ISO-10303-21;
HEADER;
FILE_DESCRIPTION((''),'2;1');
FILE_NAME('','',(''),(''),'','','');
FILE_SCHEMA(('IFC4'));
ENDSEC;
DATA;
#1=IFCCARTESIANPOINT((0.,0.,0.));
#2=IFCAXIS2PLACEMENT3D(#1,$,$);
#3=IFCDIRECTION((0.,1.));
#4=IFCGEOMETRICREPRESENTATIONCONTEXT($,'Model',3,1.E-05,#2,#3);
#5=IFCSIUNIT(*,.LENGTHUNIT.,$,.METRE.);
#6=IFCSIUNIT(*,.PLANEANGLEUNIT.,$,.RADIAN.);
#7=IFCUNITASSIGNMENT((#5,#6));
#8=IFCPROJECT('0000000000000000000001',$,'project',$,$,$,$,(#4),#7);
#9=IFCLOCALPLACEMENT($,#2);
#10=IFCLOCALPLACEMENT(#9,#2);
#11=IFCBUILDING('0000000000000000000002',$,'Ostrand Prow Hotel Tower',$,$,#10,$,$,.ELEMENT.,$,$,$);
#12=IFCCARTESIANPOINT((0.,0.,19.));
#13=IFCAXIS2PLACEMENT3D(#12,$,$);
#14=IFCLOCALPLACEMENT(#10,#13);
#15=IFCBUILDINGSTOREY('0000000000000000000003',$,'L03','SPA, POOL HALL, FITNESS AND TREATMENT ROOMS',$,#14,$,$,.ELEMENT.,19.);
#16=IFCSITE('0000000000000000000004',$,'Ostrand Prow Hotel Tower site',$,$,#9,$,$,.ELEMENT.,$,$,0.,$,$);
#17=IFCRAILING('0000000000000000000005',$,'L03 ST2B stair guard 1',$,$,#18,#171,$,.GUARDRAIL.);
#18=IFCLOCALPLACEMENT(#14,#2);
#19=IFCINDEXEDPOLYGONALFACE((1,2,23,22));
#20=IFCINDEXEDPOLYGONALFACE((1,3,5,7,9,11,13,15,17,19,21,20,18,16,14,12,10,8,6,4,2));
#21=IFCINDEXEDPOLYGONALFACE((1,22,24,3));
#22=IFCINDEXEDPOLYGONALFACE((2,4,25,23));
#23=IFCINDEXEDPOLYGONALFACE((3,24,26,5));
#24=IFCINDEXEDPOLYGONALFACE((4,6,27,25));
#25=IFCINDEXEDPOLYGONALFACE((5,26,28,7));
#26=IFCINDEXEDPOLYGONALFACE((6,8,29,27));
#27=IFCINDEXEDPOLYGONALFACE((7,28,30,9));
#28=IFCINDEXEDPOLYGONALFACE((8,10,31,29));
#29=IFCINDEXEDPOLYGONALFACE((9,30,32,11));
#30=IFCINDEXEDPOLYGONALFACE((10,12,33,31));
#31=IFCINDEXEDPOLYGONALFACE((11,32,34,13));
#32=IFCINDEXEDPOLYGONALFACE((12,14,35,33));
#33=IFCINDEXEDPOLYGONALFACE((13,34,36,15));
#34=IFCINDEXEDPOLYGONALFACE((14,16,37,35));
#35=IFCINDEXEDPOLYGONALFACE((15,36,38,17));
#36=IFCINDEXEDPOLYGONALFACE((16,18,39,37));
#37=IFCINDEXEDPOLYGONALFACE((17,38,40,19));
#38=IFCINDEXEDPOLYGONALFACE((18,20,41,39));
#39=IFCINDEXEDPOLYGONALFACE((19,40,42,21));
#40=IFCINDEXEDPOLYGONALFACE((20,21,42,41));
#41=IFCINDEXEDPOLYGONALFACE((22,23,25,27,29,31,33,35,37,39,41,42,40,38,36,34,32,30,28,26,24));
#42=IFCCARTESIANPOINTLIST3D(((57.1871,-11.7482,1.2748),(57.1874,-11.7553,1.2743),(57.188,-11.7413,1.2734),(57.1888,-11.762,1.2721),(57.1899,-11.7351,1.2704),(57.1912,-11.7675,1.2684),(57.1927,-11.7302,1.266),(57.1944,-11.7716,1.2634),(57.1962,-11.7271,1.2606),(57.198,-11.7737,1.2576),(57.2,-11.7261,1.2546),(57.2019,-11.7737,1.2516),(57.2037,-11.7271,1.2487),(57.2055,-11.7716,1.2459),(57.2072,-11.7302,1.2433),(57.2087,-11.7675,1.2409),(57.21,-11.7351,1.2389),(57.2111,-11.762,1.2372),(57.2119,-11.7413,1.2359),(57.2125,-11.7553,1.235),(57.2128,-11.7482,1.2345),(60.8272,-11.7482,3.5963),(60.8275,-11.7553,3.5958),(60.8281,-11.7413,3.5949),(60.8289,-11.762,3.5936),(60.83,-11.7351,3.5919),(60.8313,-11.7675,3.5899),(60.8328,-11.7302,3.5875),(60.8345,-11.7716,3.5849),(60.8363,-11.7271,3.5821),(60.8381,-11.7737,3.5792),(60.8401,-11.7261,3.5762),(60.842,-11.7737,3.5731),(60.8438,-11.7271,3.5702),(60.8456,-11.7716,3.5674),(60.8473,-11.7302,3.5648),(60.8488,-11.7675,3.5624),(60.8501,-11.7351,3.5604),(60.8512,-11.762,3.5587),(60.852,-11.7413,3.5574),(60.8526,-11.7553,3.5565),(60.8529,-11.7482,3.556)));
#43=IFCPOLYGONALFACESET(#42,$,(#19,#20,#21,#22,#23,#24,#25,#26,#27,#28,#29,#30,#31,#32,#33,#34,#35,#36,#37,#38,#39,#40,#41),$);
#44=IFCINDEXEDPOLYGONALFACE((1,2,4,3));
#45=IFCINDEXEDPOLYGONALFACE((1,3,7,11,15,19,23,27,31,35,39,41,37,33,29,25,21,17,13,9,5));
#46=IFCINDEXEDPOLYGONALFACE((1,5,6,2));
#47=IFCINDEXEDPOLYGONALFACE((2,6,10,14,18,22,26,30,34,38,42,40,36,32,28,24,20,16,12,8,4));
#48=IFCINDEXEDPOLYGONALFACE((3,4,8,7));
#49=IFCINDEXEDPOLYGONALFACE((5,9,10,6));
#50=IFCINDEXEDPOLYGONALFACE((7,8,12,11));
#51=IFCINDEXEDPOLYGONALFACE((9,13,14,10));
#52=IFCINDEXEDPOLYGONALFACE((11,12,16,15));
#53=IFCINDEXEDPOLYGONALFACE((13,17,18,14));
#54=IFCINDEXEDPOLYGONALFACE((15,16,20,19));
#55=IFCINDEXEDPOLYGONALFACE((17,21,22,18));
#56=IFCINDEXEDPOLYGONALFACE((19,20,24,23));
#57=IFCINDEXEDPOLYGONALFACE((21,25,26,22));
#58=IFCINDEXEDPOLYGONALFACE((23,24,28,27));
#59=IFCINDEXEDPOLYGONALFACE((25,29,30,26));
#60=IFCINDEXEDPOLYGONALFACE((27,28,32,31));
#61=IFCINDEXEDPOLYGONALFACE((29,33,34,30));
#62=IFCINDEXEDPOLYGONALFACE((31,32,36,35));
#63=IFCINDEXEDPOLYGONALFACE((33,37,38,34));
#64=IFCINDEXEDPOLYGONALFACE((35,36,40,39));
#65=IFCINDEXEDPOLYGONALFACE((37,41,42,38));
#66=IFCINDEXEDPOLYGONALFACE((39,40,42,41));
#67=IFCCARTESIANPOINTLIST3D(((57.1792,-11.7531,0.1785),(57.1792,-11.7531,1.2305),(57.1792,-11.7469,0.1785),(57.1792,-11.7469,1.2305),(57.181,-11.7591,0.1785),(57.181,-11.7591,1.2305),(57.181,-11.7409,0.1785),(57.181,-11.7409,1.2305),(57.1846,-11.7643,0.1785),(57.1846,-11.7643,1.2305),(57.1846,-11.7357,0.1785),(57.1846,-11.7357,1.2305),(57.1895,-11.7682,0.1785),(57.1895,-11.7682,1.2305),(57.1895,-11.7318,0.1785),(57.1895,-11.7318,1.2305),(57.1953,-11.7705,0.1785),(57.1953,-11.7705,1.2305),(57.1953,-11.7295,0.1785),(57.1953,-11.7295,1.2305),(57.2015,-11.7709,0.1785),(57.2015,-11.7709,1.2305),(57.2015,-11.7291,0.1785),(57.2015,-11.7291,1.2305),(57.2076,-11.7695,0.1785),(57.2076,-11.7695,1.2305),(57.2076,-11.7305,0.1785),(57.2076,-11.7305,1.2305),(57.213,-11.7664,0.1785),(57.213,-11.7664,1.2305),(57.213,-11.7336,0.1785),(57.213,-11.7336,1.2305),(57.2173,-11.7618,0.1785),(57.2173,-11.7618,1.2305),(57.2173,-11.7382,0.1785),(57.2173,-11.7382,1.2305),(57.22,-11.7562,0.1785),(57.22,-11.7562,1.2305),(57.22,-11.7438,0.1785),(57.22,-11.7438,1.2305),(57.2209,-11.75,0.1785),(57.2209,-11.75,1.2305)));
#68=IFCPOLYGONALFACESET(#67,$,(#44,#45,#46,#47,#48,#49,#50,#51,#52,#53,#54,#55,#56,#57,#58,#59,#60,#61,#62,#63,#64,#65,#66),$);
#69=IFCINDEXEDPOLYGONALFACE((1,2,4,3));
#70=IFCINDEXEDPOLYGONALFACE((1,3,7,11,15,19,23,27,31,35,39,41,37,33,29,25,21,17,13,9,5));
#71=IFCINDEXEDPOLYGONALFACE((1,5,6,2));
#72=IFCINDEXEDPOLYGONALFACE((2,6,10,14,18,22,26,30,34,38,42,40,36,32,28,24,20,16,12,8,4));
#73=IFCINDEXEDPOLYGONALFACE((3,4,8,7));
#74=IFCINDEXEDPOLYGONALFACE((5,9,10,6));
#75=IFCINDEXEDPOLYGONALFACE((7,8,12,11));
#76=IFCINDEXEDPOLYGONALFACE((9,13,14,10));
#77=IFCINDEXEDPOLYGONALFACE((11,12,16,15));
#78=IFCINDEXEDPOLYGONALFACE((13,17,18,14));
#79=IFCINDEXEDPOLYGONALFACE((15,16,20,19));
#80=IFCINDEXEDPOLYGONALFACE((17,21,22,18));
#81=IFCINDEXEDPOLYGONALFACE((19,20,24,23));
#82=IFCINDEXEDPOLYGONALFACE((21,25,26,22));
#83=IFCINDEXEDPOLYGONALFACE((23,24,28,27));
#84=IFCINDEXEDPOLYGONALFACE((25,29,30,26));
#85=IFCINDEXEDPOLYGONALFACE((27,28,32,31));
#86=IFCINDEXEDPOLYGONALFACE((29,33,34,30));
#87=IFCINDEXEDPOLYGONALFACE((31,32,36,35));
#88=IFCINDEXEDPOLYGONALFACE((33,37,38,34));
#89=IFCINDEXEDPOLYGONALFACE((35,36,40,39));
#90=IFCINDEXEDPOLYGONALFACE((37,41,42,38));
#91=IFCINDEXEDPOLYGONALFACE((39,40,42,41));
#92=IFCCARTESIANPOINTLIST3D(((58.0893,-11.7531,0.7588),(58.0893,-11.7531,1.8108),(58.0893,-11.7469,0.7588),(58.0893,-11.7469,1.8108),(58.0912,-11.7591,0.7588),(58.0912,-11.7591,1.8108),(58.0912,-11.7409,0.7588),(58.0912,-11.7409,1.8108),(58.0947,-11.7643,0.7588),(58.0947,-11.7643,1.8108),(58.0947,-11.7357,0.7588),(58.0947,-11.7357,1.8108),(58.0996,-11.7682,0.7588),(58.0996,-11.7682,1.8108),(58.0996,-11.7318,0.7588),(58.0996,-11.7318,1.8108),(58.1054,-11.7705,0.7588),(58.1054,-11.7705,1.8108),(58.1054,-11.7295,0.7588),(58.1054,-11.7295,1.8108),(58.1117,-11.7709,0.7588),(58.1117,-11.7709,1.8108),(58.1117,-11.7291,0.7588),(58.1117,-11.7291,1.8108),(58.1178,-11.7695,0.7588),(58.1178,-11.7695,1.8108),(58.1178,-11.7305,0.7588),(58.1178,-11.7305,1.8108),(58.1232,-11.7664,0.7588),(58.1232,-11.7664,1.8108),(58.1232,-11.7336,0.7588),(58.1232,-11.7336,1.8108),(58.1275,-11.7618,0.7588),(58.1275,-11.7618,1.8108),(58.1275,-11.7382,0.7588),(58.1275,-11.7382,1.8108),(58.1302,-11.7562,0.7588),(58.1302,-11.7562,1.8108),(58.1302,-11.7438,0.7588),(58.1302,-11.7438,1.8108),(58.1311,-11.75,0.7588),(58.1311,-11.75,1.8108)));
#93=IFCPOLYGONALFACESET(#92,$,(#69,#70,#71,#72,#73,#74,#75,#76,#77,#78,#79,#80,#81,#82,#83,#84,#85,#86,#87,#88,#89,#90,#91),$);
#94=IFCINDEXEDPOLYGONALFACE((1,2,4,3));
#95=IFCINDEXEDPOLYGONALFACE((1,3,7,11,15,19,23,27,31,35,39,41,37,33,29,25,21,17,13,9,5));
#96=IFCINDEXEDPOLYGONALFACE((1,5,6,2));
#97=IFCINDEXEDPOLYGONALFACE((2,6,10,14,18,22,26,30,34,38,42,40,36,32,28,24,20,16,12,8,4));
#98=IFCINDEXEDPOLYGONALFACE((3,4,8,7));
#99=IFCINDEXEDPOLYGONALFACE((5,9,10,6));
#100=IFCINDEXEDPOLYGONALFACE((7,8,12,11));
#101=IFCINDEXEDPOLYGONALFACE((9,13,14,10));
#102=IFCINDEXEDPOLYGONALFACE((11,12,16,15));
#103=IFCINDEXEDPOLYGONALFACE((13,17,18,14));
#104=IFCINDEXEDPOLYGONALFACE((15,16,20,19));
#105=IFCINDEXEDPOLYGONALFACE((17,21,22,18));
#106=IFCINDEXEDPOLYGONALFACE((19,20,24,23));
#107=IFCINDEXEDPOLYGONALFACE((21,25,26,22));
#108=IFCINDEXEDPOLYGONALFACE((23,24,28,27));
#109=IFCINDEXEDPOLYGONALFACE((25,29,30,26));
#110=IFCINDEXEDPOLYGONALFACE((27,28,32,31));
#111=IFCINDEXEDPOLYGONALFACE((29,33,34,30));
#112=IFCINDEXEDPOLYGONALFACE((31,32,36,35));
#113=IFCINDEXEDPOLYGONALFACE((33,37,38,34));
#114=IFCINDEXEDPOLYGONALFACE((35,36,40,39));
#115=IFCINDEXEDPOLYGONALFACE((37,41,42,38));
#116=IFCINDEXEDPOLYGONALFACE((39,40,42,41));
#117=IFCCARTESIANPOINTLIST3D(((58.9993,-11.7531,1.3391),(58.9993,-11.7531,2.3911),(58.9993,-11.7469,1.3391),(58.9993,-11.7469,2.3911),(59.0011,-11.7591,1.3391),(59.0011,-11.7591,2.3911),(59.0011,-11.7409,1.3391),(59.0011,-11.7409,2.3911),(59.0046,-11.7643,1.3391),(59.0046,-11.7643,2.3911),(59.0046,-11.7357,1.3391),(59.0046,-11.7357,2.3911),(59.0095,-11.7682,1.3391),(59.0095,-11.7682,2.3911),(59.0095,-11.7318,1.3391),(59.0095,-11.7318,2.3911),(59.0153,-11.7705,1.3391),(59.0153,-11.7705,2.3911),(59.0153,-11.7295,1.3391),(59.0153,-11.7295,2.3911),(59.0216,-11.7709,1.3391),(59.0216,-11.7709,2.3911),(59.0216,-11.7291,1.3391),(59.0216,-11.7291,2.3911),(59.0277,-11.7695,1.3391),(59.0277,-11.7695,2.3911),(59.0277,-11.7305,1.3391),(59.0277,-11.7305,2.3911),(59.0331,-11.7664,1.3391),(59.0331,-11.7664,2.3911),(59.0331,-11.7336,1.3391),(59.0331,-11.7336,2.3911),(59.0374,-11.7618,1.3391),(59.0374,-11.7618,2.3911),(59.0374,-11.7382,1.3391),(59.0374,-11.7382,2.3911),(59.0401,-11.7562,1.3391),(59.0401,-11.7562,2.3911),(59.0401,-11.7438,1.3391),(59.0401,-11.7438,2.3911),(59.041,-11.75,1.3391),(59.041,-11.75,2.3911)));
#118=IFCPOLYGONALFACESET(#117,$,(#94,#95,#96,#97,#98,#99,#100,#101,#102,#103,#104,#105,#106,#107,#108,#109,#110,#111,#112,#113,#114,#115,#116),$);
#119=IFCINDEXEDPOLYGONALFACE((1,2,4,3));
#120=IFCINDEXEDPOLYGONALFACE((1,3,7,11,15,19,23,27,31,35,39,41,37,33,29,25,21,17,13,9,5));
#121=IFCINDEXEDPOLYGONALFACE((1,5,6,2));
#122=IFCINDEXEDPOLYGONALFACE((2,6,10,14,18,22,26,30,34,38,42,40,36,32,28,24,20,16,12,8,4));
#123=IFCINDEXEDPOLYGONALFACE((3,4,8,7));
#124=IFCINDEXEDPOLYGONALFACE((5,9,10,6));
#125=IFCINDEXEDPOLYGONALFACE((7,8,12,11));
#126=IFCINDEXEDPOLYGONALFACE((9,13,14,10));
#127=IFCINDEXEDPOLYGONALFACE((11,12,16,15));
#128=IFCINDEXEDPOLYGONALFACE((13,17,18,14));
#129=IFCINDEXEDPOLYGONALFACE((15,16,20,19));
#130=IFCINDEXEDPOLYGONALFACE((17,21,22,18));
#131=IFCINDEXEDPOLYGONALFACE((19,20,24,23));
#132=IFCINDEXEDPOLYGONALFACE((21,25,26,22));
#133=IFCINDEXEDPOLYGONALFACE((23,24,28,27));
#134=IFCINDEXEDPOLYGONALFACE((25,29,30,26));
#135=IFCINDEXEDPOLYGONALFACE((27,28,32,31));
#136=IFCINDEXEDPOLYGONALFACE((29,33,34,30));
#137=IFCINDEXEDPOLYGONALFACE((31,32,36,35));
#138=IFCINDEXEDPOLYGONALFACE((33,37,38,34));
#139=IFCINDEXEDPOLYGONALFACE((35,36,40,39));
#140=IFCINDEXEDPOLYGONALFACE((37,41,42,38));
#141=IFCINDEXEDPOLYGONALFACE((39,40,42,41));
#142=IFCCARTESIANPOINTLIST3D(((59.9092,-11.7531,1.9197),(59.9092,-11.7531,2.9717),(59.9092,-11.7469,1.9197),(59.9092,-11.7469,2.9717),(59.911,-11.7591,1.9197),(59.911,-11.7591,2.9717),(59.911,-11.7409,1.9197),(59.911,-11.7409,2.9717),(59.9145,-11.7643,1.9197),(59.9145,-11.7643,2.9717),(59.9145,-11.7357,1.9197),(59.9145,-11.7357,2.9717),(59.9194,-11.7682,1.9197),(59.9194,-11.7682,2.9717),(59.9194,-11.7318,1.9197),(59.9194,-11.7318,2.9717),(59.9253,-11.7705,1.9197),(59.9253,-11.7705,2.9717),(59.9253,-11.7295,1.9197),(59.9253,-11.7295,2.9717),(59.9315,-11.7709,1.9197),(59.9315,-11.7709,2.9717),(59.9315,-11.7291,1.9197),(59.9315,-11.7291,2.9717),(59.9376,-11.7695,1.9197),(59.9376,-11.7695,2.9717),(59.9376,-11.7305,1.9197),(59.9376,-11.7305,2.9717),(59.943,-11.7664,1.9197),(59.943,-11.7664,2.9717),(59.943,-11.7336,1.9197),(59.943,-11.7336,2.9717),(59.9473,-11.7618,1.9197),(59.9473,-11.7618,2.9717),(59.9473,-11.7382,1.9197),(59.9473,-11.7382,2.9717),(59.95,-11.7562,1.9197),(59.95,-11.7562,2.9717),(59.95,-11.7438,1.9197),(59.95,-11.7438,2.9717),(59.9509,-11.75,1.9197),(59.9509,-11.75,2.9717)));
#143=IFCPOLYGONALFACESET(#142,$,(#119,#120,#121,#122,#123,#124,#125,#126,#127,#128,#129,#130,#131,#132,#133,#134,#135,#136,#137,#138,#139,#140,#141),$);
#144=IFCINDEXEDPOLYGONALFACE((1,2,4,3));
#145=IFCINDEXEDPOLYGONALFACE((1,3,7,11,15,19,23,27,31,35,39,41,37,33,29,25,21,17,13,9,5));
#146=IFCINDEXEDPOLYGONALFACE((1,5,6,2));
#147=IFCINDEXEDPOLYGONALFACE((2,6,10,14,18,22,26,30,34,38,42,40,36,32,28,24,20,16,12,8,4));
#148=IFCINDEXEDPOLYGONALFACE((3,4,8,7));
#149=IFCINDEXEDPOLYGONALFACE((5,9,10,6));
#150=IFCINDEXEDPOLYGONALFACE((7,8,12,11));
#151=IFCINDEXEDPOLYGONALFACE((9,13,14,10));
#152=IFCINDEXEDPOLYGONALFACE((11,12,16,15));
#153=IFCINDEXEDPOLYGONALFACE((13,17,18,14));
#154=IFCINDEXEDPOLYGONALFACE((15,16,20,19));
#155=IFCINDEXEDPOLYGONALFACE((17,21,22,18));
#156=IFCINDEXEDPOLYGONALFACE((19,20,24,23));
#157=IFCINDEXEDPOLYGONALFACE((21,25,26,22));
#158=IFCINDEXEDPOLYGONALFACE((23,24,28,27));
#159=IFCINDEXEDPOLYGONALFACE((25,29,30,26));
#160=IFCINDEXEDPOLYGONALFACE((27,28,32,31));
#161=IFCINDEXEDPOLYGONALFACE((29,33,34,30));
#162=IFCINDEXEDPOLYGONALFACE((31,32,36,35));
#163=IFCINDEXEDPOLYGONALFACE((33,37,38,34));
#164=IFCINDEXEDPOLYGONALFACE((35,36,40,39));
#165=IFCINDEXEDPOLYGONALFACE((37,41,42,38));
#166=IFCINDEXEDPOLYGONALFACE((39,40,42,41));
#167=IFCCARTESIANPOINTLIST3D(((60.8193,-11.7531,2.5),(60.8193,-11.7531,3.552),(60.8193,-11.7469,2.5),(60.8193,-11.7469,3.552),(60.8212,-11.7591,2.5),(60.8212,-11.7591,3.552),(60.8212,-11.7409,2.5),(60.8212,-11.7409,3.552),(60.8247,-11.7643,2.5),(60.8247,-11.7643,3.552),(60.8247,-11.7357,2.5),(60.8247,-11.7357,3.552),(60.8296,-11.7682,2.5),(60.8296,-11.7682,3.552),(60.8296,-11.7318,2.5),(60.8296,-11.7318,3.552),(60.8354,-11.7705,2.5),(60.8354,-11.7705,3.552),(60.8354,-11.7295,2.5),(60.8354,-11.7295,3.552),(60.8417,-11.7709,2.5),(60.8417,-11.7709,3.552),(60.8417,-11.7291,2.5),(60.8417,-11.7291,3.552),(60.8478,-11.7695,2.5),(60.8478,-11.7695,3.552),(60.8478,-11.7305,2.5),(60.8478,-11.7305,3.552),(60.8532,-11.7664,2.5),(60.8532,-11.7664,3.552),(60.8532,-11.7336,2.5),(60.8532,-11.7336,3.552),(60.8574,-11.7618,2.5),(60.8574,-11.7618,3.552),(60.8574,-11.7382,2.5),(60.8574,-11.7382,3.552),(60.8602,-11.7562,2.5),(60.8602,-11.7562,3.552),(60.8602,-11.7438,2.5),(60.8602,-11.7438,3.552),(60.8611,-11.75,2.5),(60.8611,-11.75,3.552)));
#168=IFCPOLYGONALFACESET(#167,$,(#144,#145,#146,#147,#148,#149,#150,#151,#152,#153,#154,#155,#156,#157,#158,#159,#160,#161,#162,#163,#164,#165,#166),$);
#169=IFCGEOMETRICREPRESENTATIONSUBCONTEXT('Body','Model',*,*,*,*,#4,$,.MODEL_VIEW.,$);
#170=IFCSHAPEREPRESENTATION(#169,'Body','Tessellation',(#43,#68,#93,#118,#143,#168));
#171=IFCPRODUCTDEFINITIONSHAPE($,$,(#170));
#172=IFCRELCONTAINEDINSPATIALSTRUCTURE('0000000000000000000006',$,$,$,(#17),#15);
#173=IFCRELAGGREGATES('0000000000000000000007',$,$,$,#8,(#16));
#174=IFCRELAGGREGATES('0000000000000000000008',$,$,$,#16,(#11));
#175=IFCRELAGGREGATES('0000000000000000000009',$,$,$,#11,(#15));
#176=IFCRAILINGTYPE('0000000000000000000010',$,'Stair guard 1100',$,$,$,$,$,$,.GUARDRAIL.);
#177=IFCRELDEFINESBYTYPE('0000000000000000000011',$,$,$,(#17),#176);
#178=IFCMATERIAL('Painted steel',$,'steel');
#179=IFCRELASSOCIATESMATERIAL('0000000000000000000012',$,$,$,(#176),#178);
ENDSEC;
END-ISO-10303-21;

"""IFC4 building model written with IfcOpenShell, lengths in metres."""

from ifc_helpers import new_model, si_unit, direction, frame, origin, origin_2d, place, context, subcontext, project, spatial, circle, extrude, material, type_object, element, save


model = new_model("IFC4")

# Units and contexts
model_context = context("Model", 3, precision=1e-05, world=origin(), true_north=direction((0.0, 1.0)))
body_context = subcontext(model_context, "Body", "Model", "MODEL_VIEW")
ifc_project = project(units=[si_unit("LENGTHUNIT", "METRE"), si_unit("PLANEANGLEUNIT", "RADIAN")], contexts=[model_context])

# Site, building, storey
site_placement = place(None, origin())
site = spatial("IfcSite", under=ifc_project, at=site_placement, Name="Ostrand Prow Hotel Tower site", CompositionType="ELEMENT", RefElevation=0.0)
building_placement = place(site_placement, origin())
building = spatial("IfcBuilding", under=site, at=building_placement, Name="Ostrand Prow Hotel Tower", CompositionType="ELEMENT")
storey_placement = place(building_placement, frame((0.0, 0.0, 19.0)))
storey = spatial("IfcBuildingStorey", under=building, at=storey_placement, Name="L03", Description="SPA, POOL HALL, FITNESS AND TREATMENT ROOMS", CompositionType="ELEMENT", Elevation=19.0)

# Railing
ifc_material_1 = material(Name="Painted steel", Category="steel")
railing_type_1 = type_object("IfcRailingType", Name="Stair guard 1100", PredefinedType="GUARDRAIL", material=ifc_material_1)
railing_1_placement = place(storey_placement, frame((57.2, -11.75, 0.1785)))
element("IfcRailing", 1, at=railing_1_placement, inside=storey, type_object=railing_type_1, Name="L03 ST2B stair guard 1", PredefinedType="GUARDRAIL", context=body_context, shape_type="SweptSolid", body=[
    extrude(circle(Radius=0.0239, at=origin_2d()), frame((0.0, 0.0, 1.0762), z_axis=(0.843128, 0.0, 0.537713), x_axis=(0.0, 1.0, 0.0)), (0.0, 0.0, 1.0), 4.3174),
    extrude(circle(Radius=0.021, at=origin_2d()), origin(), (0.0, 0.0, 1.0), 1.052),
    extrude(circle(Radius=0.021, at=origin_2d()), frame((0.9102, 0.0, 0.5803)), (0.0, 0.0, 1.0), 1.052),
    extrude(circle(Radius=0.021, at=origin_2d()), frame((1.8201, 0.0, 1.1606)), (0.0, 0.0, 1.0), 1.052),
    extrude(circle(Radius=0.021, at=origin_2d()), frame((2.73, 0.0, 1.7412)), (0.0, 0.0, 1.0), 1.052),
    extrude(circle(Radius=0.021, at=origin_2d()), frame((3.6401, 0.0, 2.3215)), (0.0, 0.0, 1.0), 1.052),
])

save(model, "model.ifc")
